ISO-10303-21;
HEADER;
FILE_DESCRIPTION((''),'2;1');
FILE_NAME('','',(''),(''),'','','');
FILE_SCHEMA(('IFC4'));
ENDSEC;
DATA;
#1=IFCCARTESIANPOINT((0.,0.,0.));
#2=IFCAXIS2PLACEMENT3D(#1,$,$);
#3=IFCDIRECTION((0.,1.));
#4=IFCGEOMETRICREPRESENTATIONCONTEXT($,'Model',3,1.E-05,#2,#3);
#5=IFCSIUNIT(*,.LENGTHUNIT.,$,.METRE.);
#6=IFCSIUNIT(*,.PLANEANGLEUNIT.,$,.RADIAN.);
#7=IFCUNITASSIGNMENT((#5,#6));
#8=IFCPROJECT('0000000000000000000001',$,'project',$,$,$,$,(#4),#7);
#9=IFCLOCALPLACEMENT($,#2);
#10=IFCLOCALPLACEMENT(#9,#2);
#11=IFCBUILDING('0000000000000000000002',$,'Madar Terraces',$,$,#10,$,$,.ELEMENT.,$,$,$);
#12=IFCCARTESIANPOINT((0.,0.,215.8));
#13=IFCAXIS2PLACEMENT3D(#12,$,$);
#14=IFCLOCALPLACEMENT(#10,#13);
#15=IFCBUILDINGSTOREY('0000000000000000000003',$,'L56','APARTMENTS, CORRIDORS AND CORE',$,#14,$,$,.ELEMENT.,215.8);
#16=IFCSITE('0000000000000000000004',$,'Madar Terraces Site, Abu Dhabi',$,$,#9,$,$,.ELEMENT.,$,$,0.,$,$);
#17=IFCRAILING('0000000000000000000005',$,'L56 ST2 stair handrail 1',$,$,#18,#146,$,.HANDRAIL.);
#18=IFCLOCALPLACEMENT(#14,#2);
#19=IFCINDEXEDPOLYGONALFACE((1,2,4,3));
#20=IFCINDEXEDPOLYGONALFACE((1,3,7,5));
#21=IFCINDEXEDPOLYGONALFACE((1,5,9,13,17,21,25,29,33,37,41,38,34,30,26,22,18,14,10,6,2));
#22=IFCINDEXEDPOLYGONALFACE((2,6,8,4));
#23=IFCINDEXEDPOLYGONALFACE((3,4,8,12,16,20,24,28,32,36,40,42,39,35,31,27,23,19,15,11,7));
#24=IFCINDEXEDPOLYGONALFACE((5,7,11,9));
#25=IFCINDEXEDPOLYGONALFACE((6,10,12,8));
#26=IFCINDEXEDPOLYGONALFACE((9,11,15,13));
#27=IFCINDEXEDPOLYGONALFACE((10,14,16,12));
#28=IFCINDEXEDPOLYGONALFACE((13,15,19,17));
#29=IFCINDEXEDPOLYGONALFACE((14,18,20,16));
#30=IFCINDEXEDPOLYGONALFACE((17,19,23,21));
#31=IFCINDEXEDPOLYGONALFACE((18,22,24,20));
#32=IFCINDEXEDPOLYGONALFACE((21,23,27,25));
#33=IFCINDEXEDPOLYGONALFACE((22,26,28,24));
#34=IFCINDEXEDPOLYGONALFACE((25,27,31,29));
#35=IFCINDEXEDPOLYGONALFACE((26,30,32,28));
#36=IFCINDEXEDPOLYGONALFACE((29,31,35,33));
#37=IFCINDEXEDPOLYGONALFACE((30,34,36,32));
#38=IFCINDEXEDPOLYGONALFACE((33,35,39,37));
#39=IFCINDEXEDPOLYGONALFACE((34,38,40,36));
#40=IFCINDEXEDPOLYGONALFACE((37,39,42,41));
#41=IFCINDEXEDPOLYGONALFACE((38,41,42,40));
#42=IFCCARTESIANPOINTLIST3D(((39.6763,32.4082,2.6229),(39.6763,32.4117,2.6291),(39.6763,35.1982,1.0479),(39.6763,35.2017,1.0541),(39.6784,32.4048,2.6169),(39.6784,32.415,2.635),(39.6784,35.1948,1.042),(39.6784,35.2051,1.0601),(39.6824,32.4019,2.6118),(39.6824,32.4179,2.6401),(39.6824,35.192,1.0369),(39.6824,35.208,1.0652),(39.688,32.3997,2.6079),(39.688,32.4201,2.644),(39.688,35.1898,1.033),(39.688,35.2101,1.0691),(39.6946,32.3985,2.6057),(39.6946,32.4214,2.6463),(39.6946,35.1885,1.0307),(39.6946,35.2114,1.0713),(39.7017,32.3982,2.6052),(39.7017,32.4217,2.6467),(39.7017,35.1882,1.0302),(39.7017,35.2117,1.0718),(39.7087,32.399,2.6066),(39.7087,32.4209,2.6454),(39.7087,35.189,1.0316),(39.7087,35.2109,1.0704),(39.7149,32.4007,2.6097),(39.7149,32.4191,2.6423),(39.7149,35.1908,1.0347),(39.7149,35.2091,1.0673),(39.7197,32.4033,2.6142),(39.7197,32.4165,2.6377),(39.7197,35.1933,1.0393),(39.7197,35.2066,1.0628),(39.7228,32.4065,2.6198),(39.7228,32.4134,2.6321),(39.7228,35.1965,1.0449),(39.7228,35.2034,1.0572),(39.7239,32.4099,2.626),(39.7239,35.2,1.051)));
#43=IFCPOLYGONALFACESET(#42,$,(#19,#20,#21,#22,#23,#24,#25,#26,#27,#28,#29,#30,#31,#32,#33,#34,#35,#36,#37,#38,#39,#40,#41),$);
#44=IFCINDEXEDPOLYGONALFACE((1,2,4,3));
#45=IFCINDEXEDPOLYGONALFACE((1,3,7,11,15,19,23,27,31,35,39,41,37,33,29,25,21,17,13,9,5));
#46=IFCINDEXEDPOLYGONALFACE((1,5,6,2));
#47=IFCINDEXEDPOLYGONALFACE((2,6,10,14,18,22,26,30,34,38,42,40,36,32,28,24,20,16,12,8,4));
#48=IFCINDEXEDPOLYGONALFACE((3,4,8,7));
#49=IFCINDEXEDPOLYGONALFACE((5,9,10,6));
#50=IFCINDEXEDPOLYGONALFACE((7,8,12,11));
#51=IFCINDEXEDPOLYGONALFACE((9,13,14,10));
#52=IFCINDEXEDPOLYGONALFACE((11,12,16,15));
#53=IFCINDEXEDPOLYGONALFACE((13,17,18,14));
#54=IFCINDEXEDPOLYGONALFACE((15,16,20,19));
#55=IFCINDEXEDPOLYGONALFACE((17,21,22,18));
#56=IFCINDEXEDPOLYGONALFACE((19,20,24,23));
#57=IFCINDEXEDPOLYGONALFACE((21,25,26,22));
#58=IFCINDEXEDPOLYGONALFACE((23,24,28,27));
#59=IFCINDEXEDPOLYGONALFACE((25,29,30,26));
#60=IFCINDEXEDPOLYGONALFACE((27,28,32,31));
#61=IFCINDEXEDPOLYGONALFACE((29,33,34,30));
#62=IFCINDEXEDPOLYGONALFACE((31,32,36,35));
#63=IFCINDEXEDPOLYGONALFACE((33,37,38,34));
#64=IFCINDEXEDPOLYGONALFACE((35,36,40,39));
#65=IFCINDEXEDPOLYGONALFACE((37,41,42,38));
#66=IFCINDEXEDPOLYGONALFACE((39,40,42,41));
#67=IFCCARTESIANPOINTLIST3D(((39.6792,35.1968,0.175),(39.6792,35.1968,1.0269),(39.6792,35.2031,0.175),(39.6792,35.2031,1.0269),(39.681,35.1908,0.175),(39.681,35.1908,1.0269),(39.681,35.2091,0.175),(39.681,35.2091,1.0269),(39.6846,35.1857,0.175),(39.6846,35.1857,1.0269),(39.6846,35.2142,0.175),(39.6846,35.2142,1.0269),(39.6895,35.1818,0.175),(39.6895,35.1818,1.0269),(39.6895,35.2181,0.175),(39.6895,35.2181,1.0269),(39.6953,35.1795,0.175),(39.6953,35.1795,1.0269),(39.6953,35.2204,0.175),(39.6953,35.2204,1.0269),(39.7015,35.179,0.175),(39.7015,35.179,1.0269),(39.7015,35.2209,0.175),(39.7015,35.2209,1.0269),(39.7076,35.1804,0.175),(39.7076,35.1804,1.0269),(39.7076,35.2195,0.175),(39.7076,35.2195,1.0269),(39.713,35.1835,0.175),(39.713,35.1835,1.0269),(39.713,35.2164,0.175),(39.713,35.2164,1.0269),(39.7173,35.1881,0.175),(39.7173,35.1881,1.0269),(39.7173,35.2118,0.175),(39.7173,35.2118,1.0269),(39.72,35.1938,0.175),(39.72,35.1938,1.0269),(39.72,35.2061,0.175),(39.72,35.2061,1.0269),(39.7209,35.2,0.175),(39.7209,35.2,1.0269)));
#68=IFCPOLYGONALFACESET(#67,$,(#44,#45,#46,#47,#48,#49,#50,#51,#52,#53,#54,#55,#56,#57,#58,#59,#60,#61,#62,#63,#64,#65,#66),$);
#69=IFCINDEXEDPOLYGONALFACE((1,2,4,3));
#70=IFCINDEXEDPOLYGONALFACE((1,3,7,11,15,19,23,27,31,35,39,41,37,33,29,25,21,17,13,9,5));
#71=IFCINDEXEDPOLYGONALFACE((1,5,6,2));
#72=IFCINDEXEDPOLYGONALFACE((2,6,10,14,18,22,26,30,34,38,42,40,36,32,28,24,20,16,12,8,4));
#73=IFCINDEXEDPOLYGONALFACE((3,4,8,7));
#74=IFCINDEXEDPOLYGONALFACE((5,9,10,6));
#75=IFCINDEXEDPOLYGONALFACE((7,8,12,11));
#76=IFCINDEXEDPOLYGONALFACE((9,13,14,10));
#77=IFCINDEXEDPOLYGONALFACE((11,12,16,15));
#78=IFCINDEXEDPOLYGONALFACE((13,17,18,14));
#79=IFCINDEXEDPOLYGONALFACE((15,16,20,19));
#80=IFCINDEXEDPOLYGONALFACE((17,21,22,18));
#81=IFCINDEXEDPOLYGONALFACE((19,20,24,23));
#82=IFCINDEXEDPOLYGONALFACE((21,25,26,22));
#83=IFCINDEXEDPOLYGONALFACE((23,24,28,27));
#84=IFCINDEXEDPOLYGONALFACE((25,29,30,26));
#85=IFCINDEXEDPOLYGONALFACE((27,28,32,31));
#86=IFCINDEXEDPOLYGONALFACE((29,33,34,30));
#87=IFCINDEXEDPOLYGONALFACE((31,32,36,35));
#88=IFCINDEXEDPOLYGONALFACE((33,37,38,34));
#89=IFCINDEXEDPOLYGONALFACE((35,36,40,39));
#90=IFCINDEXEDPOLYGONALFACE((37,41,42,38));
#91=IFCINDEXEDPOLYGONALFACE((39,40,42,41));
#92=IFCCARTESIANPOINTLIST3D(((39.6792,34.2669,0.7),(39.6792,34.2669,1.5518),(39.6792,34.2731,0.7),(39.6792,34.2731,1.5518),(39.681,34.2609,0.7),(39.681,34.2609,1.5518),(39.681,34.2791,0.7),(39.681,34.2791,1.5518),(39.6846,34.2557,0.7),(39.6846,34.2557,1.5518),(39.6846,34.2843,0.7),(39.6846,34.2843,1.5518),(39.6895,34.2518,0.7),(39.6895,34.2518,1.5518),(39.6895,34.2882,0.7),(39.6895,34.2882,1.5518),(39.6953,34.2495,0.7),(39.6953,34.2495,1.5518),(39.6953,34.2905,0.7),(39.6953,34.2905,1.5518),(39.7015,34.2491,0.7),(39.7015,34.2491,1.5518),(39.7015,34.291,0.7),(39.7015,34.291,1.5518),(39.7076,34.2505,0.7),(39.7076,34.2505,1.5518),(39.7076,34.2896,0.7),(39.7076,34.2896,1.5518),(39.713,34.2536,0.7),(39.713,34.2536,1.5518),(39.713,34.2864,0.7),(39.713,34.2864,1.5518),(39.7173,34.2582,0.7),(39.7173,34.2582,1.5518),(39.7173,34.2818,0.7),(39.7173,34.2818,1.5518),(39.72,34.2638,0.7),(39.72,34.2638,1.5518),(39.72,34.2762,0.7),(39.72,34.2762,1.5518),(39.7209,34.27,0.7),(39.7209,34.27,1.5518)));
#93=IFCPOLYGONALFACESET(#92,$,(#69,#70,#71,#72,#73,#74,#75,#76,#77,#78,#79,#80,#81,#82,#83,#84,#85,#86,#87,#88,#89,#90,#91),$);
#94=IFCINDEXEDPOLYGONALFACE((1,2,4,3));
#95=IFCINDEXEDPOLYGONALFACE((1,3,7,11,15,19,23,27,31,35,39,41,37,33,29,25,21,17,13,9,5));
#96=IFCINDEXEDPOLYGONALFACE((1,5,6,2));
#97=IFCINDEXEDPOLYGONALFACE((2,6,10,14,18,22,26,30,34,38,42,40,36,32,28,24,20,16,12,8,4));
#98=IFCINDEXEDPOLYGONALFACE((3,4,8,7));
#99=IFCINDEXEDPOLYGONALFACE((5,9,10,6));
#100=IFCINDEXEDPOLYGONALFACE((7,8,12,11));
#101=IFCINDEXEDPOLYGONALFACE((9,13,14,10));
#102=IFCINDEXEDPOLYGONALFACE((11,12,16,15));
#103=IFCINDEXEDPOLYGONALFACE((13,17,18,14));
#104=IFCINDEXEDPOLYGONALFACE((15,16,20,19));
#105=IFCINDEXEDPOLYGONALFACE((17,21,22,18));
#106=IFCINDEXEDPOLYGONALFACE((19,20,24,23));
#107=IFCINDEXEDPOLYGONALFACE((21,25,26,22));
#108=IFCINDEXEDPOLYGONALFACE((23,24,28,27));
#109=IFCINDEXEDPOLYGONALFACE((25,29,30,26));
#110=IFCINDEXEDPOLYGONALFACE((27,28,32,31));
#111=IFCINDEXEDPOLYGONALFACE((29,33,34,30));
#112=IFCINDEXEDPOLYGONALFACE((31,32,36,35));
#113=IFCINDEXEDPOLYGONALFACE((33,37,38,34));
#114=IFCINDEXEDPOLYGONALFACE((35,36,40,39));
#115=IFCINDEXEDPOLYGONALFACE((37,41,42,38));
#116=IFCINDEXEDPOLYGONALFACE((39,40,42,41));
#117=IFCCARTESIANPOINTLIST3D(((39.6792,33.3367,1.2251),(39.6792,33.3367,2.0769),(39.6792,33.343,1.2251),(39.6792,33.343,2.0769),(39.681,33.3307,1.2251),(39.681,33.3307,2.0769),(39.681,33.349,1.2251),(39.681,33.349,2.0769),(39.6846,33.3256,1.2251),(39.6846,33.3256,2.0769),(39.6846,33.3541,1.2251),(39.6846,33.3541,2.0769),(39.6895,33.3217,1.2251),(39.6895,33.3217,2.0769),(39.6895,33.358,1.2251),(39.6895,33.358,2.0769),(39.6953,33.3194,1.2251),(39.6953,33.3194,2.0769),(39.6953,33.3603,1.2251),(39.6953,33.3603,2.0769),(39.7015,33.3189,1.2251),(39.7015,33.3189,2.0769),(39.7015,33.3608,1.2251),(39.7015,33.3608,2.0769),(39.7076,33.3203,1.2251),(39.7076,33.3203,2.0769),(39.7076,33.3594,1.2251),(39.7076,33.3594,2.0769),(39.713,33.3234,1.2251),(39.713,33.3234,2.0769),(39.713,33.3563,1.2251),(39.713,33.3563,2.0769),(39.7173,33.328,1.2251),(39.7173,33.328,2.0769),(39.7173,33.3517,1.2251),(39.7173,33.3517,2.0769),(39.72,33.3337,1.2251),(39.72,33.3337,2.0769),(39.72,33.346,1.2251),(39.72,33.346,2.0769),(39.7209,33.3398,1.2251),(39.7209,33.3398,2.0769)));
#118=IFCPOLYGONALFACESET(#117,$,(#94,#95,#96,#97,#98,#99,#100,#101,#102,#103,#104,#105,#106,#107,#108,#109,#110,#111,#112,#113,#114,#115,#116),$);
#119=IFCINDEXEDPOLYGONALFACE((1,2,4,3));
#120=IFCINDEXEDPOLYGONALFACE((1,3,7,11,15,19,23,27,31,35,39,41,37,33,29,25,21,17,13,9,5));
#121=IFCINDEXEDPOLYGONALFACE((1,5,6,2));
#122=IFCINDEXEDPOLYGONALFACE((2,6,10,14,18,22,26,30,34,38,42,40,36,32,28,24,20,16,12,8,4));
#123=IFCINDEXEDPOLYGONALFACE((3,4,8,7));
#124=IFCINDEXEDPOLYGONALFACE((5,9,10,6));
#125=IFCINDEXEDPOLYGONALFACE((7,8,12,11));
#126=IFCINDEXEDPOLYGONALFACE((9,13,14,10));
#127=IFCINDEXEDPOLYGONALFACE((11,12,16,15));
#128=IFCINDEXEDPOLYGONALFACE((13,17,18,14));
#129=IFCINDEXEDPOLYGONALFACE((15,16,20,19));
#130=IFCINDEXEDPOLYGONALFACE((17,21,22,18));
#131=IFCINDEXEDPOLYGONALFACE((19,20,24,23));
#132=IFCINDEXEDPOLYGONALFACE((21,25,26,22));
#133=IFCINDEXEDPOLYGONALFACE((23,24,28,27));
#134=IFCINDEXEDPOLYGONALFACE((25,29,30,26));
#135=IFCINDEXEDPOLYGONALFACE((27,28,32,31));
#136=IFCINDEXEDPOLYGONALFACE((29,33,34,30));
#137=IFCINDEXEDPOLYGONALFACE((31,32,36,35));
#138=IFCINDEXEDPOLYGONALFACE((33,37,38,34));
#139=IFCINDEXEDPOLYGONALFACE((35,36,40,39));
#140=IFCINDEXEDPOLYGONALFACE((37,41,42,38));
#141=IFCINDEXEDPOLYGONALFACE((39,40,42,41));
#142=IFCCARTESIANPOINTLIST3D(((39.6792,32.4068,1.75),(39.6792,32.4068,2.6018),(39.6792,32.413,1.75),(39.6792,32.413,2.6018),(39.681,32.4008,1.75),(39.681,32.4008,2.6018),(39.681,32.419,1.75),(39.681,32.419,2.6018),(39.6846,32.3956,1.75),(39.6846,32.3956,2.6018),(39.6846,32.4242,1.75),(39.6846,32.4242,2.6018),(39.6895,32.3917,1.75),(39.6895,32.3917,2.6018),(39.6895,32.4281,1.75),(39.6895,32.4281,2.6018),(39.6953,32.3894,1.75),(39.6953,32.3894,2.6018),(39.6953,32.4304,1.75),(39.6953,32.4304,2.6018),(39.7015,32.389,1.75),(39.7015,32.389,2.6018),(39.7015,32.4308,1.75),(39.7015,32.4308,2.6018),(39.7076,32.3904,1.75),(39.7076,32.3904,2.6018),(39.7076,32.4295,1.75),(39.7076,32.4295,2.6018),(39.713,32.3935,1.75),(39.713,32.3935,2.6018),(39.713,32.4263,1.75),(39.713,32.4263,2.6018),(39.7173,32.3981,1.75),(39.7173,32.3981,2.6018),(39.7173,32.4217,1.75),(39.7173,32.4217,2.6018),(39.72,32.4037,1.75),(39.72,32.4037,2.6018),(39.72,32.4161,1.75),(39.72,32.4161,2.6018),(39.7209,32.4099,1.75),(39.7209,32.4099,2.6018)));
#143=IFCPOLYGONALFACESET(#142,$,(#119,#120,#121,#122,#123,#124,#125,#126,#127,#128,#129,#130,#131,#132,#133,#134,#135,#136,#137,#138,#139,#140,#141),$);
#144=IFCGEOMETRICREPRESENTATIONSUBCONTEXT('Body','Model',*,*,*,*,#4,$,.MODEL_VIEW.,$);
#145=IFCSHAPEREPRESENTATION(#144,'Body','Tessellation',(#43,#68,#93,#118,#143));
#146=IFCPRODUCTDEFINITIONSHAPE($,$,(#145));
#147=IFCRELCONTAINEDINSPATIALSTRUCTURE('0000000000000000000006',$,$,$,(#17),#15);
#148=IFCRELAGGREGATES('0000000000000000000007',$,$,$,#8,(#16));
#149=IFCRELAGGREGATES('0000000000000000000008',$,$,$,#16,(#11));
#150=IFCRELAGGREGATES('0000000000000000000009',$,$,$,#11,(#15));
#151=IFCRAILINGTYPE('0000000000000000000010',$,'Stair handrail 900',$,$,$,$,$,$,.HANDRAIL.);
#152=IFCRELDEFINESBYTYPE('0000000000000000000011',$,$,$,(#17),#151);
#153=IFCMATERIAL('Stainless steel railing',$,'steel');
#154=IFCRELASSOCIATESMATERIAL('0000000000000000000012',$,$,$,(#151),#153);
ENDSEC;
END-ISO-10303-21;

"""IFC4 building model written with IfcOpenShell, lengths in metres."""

from ifc_helpers import new_model, si_unit, direction, frame, origin, origin_2d, place, context, subcontext, project, spatial, circle, extrude, material, type_object, element, save


model = new_model("IFC4")

# Units and contexts
model_context = context("Model", 3, precision=1e-05, world=origin(), true_north=direction((0.0, 1.0)))
body_context = subcontext(model_context, "Body", "Model", "MODEL_VIEW")
ifc_project = project(units=[si_unit("LENGTHUNIT", "METRE"), si_unit("PLANEANGLEUNIT", "RADIAN")], contexts=[model_context])

# Site, building, storey
site_placement = place(None, origin())
site = spatial("IfcSite", under=ifc_project, at=site_placement, Name="Madar Terraces Site, Abu Dhabi", CompositionType="ELEMENT", RefElevation=0.0)
building_placement = place(site_placement, origin())
building = spatial("IfcBuilding", under=site, at=building_placement, Name="Madar Terraces", CompositionType="ELEMENT")
storey_placement = place(building_placement, frame((0.0, 0.0, 215.8)))
storey = spatial("IfcBuildingStorey", under=building, at=storey_placement, Name="L56", Description="APARTMENTS, CORRIDORS AND CORE", CompositionType="ELEMENT", Elevation=215.8)

# Railing
ifc_material_1 = material(Name="Stainless steel railing", Category="steel")
railing_type_1 = type_object("IfcRailingType", Name="Stair handrail 900", PredefinedType="HANDRAIL", material=ifc_material_1)
railing_1_placement = place(storey_placement, frame((39.7, 35.2, 0.175)))
element("IfcRailing", 1, at=railing_1_placement, inside=storey, type_object=railing_type_1, Name="L56 ST2 stair handrail 1", PredefinedType="HANDRAIL", context=body_context, shape_type="SweptSolid", body=[
    extrude(circle(Radius=0.0239, at=origin_2d()), frame((0.0, 0.0, 0.876), z_axis=(0.0, -0.870834, 0.491578), x_axis=(1.0, 0.0, 0.0)), (0.0, 0.0, 1.0), 3.2039),
    extrude(circle(Radius=0.021, at=origin_2d()), origin(), (0.0, 0.0, 1.0), 0.8518),
    extrude(circle(Radius=0.021, at=origin_2d()), frame((0.0, -0.9299, 0.5249)), (0.0, 0.0, 1.0), 0.8518),
    extrude(circle(Radius=0.021, at=origin_2d()), frame((0.0, -1.8601, 1.05)), (0.0, 0.0, 1.0), 0.8518),
    extrude(circle(Radius=0.021, at=origin_2d()), frame((0.0, -2.79, 1.575)), (0.0, 0.0, 1.0), 0.8518),
])

save(model, "model.ifc")
